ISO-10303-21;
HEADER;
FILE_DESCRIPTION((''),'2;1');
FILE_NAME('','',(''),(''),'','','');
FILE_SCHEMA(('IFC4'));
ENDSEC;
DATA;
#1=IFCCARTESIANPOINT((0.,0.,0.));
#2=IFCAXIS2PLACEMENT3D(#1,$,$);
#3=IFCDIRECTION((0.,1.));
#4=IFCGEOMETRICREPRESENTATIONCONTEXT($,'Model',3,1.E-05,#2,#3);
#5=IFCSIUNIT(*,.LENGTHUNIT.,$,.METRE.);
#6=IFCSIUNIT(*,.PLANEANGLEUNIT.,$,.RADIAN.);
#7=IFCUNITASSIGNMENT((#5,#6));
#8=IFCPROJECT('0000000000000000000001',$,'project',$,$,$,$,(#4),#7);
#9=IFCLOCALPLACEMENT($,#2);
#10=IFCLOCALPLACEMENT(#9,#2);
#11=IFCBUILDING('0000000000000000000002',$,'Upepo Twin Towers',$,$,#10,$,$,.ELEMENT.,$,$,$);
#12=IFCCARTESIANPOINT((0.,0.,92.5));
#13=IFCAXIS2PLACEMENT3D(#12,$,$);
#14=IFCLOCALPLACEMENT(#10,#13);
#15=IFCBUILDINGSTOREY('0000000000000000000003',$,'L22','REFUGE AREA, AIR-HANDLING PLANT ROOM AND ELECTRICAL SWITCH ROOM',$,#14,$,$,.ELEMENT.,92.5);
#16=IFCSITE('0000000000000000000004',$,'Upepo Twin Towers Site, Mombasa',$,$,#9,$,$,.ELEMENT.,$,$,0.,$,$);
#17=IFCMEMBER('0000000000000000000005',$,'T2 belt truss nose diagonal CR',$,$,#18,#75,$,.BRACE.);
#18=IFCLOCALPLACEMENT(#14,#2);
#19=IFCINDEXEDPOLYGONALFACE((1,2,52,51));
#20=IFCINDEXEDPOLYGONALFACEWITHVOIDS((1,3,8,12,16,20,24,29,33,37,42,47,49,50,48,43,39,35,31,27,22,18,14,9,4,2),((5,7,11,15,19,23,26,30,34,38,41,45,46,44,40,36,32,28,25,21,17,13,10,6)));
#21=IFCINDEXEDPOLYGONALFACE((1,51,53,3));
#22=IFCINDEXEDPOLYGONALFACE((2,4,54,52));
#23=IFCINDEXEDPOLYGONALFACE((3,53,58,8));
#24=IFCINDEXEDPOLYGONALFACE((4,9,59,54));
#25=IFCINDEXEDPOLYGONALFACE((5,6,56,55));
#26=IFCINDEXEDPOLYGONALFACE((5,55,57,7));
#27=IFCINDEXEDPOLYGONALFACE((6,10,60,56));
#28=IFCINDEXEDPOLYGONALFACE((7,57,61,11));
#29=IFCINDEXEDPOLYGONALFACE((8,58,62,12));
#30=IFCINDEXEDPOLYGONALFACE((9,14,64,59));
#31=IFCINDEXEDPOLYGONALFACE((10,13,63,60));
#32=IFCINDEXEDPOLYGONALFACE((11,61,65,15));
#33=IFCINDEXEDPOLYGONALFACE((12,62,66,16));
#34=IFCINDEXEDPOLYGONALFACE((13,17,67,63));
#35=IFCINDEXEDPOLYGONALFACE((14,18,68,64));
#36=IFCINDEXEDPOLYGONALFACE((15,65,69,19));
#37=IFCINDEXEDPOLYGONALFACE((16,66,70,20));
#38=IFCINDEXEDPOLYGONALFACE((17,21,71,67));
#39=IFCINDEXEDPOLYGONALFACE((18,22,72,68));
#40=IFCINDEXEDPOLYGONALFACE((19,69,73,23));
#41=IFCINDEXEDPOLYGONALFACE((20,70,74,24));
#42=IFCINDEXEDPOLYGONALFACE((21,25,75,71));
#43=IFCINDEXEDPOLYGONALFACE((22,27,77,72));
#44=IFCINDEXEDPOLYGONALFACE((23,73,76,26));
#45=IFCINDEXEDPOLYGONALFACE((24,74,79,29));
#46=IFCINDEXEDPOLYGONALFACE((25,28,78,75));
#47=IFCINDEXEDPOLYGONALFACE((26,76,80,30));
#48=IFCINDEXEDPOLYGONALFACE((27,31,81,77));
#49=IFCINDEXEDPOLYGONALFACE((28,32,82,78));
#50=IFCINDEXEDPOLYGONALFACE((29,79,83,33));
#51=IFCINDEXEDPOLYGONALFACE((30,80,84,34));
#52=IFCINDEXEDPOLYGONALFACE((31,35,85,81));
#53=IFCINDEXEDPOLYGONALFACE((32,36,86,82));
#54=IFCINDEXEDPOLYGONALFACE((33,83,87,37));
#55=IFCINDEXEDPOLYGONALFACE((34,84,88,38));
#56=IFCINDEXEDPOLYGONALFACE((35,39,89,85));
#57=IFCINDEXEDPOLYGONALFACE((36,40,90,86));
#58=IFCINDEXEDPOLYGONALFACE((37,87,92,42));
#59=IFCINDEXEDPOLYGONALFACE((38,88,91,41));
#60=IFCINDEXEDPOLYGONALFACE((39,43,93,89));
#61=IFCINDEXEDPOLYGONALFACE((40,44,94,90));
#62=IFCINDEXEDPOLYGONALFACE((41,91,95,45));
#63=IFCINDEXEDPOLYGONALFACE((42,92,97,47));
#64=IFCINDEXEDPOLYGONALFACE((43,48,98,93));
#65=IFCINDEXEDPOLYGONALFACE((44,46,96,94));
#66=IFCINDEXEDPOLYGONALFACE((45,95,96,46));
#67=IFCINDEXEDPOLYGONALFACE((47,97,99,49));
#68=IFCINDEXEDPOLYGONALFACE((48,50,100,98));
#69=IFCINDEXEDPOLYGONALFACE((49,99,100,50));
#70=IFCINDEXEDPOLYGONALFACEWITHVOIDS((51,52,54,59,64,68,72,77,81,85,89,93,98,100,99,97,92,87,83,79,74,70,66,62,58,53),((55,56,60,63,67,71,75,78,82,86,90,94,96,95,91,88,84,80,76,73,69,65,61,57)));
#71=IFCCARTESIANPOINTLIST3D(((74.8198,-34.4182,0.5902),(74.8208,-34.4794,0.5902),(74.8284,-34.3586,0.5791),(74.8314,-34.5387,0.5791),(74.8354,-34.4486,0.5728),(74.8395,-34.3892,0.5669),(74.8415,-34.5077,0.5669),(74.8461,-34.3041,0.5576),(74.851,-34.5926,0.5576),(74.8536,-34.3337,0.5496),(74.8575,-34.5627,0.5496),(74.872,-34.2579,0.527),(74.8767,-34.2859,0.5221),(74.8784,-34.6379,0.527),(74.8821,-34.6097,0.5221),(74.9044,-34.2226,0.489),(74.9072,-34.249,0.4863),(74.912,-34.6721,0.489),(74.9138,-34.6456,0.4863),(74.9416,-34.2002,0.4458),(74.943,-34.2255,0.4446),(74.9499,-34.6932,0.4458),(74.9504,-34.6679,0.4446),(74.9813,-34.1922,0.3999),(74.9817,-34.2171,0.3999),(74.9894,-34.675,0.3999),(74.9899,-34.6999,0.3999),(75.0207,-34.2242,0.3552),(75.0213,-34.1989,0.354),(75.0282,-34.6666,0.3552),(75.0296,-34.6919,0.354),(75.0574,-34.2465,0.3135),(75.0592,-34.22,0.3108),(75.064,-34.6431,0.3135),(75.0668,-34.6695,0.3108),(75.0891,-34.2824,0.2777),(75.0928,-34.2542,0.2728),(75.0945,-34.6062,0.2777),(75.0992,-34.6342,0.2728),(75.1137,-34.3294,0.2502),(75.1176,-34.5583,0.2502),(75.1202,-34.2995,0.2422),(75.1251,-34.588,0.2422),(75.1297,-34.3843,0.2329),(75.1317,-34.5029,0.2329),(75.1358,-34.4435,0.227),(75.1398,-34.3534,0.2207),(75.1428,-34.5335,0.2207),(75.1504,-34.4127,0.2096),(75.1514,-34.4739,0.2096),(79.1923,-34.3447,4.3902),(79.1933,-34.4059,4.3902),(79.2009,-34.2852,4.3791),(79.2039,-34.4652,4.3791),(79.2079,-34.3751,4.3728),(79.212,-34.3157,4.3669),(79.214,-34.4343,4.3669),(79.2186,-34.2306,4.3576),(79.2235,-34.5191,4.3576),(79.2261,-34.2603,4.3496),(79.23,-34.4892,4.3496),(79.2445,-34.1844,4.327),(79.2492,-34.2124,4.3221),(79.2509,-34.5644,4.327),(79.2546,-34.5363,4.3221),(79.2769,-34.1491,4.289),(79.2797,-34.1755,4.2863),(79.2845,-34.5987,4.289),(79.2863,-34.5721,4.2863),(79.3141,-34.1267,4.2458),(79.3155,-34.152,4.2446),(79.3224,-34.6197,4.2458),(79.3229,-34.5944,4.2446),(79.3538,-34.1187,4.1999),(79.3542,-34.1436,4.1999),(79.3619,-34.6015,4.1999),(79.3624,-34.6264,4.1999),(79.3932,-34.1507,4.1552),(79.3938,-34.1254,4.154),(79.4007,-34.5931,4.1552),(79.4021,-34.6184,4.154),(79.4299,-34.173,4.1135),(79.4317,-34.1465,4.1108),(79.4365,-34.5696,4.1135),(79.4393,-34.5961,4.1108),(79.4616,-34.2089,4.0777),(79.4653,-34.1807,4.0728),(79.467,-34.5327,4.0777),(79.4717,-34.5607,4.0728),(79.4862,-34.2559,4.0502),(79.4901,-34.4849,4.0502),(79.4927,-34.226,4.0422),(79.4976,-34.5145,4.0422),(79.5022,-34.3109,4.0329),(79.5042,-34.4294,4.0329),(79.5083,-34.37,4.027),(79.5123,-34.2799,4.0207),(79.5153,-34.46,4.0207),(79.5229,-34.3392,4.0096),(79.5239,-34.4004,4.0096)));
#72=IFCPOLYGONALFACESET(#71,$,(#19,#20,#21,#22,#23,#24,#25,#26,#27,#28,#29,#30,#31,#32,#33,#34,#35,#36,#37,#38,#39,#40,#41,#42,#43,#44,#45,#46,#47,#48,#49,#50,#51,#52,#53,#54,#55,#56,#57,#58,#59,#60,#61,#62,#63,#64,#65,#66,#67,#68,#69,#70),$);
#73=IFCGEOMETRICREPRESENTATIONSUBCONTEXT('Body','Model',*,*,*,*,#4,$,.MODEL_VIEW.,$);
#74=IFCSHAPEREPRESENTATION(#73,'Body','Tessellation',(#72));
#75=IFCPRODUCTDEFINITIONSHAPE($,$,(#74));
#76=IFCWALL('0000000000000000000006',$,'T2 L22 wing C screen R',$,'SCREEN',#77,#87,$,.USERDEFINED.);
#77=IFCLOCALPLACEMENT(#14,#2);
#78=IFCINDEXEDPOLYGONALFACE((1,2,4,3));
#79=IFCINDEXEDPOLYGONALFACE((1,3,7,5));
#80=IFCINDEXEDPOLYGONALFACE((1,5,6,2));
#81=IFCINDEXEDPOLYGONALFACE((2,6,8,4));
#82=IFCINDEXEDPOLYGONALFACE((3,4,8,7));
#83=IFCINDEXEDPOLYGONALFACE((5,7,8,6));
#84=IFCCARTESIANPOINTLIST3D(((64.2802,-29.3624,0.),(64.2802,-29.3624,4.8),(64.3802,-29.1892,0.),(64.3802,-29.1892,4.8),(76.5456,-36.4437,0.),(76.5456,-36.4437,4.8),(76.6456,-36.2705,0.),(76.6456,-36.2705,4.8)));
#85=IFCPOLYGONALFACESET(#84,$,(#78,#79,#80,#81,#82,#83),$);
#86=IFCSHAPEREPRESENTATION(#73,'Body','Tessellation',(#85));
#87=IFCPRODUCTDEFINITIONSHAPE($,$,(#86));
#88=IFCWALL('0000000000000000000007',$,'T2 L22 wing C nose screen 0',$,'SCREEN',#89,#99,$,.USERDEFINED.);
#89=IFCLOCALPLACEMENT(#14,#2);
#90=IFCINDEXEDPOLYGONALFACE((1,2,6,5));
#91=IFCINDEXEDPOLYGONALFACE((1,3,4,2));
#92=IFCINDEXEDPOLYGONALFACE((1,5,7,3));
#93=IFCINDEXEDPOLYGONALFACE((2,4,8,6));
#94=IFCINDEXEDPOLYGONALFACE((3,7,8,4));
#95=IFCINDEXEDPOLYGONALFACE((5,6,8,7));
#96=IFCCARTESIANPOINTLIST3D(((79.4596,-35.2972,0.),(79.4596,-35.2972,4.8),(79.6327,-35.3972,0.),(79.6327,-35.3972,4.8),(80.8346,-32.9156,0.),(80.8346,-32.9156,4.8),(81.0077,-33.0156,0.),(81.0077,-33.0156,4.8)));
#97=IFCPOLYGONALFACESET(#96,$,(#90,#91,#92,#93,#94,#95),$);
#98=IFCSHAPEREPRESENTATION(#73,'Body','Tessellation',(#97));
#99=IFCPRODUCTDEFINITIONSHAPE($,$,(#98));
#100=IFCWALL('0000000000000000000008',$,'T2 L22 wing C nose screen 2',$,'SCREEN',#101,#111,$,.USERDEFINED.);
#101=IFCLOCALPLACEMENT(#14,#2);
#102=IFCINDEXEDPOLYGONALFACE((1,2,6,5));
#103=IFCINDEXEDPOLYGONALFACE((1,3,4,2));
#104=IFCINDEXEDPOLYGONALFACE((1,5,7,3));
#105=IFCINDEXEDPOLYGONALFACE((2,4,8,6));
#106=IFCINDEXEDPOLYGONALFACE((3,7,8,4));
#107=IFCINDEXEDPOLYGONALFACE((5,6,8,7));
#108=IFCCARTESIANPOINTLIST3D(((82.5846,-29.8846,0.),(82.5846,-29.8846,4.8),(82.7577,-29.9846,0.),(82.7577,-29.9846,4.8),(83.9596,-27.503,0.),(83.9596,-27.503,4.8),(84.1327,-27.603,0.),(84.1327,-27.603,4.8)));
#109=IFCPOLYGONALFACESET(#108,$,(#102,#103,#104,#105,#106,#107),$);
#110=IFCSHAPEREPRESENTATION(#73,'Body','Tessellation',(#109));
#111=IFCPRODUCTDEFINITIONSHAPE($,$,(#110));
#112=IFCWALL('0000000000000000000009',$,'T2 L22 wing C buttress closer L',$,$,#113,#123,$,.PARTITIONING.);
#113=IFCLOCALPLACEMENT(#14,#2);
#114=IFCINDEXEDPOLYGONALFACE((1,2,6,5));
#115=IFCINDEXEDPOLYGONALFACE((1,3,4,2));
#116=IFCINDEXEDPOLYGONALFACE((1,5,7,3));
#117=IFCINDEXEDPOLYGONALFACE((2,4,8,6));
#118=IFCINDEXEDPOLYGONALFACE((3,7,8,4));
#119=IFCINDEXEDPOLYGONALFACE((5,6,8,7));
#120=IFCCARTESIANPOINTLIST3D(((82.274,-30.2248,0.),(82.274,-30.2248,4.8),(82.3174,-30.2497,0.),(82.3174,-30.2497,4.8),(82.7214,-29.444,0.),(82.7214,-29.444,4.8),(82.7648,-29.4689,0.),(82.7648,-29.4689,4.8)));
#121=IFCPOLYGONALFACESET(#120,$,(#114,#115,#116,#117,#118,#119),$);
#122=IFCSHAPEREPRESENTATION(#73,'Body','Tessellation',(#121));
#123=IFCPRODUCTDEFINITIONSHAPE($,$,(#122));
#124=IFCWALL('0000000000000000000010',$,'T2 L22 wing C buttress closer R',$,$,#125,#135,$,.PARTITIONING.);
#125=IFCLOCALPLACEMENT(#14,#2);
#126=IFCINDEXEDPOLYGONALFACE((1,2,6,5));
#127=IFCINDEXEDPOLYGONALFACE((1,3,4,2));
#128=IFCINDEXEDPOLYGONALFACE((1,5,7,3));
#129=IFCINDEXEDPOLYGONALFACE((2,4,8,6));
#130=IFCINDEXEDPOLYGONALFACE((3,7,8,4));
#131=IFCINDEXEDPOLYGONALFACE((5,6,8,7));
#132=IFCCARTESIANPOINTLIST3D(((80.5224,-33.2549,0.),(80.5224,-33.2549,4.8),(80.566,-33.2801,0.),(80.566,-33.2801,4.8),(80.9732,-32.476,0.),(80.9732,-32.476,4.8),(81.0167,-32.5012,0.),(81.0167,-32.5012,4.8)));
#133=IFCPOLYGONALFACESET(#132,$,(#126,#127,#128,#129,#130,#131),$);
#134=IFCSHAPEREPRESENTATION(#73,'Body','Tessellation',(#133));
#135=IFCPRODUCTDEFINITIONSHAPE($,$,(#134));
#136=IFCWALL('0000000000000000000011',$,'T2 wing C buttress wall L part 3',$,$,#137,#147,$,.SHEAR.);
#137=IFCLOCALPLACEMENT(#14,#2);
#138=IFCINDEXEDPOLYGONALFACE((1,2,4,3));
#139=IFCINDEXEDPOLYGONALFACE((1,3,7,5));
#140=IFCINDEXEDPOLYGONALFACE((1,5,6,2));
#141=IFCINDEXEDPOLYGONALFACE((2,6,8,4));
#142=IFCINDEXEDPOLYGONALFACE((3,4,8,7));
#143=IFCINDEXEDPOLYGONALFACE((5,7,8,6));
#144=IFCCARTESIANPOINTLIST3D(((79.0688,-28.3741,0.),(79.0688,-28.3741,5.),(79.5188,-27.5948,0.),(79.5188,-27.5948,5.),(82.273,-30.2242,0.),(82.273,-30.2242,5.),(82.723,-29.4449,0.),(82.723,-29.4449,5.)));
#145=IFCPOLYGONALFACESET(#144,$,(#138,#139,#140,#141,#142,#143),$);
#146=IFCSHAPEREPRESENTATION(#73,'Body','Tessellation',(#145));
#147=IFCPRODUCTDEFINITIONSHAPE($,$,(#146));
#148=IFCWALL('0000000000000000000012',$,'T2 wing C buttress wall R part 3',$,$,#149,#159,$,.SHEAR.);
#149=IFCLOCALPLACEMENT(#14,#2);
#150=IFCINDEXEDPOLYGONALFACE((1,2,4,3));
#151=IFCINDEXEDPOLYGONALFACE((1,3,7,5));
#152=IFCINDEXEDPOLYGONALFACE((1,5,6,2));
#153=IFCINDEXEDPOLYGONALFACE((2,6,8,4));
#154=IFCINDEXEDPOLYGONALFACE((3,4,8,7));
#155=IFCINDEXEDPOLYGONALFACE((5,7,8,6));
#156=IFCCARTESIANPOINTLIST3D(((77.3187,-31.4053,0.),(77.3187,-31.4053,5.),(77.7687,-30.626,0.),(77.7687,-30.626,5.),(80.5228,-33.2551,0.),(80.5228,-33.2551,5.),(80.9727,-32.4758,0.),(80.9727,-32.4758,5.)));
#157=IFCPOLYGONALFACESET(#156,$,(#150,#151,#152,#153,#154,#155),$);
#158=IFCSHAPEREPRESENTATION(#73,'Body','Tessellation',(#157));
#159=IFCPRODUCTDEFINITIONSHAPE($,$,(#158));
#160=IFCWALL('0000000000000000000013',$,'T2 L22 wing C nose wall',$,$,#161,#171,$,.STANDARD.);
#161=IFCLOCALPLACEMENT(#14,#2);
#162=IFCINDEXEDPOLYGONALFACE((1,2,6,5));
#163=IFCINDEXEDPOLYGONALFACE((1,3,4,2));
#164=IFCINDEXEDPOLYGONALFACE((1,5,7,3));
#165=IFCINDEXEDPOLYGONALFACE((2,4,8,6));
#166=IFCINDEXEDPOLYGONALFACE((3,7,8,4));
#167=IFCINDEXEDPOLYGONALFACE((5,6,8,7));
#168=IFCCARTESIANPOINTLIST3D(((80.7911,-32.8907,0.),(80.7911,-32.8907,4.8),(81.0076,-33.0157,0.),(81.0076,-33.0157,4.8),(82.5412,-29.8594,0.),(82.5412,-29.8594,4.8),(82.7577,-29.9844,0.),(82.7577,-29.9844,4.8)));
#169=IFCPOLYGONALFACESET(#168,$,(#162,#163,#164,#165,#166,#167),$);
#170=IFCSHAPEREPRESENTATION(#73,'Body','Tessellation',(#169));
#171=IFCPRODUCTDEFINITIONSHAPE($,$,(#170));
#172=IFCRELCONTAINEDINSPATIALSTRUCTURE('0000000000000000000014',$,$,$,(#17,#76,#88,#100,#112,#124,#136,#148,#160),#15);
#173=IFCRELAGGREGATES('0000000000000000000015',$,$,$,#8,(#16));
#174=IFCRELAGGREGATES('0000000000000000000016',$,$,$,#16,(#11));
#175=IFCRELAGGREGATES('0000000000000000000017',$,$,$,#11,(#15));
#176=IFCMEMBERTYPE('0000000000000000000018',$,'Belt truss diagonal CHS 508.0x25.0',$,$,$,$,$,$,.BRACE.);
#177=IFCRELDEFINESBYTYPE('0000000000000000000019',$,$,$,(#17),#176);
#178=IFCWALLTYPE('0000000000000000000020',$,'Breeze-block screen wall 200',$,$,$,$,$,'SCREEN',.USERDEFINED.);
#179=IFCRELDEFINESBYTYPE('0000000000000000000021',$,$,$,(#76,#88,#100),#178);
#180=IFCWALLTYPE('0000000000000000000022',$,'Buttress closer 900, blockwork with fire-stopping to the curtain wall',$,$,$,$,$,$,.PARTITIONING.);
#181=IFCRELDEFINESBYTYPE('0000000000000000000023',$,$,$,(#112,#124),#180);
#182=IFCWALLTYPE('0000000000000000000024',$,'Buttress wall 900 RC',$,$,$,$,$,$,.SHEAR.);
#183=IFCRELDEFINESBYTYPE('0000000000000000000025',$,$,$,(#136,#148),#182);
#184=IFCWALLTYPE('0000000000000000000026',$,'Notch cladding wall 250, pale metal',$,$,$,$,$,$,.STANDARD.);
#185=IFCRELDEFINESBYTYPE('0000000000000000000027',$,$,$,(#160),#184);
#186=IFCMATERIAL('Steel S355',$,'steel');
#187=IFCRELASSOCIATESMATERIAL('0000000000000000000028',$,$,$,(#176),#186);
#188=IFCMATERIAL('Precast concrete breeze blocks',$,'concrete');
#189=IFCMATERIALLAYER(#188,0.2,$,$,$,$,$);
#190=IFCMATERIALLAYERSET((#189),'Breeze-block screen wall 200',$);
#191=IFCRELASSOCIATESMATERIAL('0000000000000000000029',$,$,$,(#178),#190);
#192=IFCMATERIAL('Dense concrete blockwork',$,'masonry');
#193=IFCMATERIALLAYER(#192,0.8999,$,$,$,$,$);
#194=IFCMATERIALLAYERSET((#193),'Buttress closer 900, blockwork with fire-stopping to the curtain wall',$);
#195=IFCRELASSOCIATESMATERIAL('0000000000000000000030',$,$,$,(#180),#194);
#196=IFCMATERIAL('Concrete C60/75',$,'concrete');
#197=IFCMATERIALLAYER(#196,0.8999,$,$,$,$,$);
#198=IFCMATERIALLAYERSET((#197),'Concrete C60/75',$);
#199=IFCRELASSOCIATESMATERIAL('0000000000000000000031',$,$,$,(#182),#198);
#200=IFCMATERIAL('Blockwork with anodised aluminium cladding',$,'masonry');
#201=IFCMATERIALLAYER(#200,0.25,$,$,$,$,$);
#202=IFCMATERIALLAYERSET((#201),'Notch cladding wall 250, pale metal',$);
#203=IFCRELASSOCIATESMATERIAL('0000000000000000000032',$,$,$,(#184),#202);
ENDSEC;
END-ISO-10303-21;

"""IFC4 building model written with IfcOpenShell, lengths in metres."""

from ifc_helpers import new_model, si_unit, direction, frame, frame_2d, origin, origin_2d, place, context, subcontext, project, spatial, rectangle, hollow_circle, extrude, material, layer, layer_set, material_profile, profile_set, type_object, element, save


model = new_model("IFC4")

# Units and contexts
model_context = context("Model", 3, precision=1e-05, world=origin(), true_north=direction((0.0, 1.0)))
body_context = subcontext(model_context, "Body", "Model", "MODEL_VIEW")
ifc_project = project(units=[si_unit("LENGTHUNIT", "METRE"), si_unit("PLANEANGLEUNIT", "RADIAN")], contexts=[model_context])

# Site, building, storey
site_placement = place(None, origin())
site = spatial("IfcSite", under=ifc_project, at=site_placement, Name="Upepo Twin Towers Site, Mombasa", CompositionType="ELEMENT", RefElevation=0.0)
building_placement = place(site_placement, origin())
building = spatial("IfcBuilding", under=site, at=building_placement, Name="Upepo Twin Towers", CompositionType="ELEMENT")
storey_placement = place(building_placement, frame((0.0, 0.0, 92.5)))
storey = spatial("IfcBuildingStorey", under=building, at=storey_placement, Name="L22", Description="REFUGE AREA, AIR-HANDLING PLANT ROOM AND ELECTRICAL SWITCH ROOM", CompositionType="ELEMENT", Elevation=92.5)

# Member
ifc_material_1 = material(Name="Steel S355", Category="steel")
ifc_material_profile_1 = material_profile(ifc_material_1, hollow_circle(Radius=0.2539, WallThickness=0.0249, at=origin_2d()), Name="CHS 508.0x25.0")
ifc_profile_set_1 = profile_set([ifc_material_profile_1], Name="Steel S355")
member_type = type_object("IfcMemberType", Name="Belt truss diagonal CHS 508.0x25.0", PredefinedType="BRACE", material=ifc_profile_set_1)
member_1_placement = place(storey_placement, frame((74.9856, -34.446, 0.3999), z_axis=(0.754731, 0.012684, 0.655912), x_axis=(-0.016804, 0.999859, 0.0)))
element("IfcMember", 1, at=member_1_placement, inside=storey, type_object=member_type, Name="T2 belt truss nose diagonal CR", PredefinedType="BRACE", context=body_context, shape_type="SweptSolid", body=[
    extrude(hollow_circle(Radius=0.2539, WallThickness=0.0249, at=origin_2d()), origin(), (0.0, 0.0, 1.0), 5.7935),
])

# Walls
ifc_material_2 = material(Name="Precast concrete breeze blocks", Category="concrete")
ifc_layer_1 = layer(ifc_material_2, 0.2)
ifc_layer_set_1 = layer_set([ifc_layer_1], Name="Breeze-block screen wall 200")
wall_type_1 = type_object("IfcWallType", Name="Breeze-block screen wall 200", ElementType="SCREEN", PredefinedType="USERDEFINED", material=ifc_layer_set_1)
wall_1_placement = place(storey_placement, frame((76.5957, -36.3572, 0.0), z_axis=(0.0, 0.0, 1.0), x_axis=(-0.866029, 0.499994, 0.0)))
element("IfcWall", 2, at=wall_1_placement, inside=storey, type_object=wall_type_1, Name="T2 L22 wing C screen R", ObjectType="SCREEN", PredefinedType="USERDEFINED", context=body_context, shape_type="SweptSolid", body=[
    extrude(rectangle(XDim=14.1628, YDim=0.2, at=frame_2d((7.0815, 0.0))), origin(), (0.0, 0.0, 1.0), 4.8),
])
for number, where, z_axis, x_axis, name in (
    (3, (79.5461, -35.3472, 0.0), (0.0, 0.0, 1.0), (0.499997, 0.866027, 0.0), "T2 L22 wing C nose screen 0"),
    (4, (82.6711, -29.9346, 0.0), (0.0, 0.0, 1.0), (0.499997, 0.866027, 0.0), "T2 L22 wing C nose screen 2"),
):
    element("IfcWall", number, at=place(storey_placement, frame(where, z_axis=z_axis, x_axis=x_axis)), inside=storey, type_object=wall_type_1, Name=name, ObjectType="SCREEN", PredefinedType="USERDEFINED", context=body_context, shape_type="SweptSolid", body=[
        extrude(rectangle(XDim=2.75, YDim=0.2, at=frame_2d((1.375, 0.0))), origin(), (0.0, 0.0, 1.0), 4.8),
    ])
ifc_material_3 = material(Name="Dense concrete blockwork", Category="masonry")
ifc_layer_2 = layer(ifc_material_3, 0.8999)
ifc_layer_set_2 = layer_set([ifc_layer_2], Name="Buttress closer 900, blockwork with fire-stopping to the curtain wall")
wall_type_2 = type_object("IfcWallType", Name="Buttress closer 900, blockwork with fire-stopping to the curtain wall", PredefinedType="PARTITIONING", material=ifc_layer_set_2)
wall_2_placement = place(storey_placement, frame((82.4978, -29.8345, 0.0), z_axis=(0.0, 0.0, 1.0), x_axis=(0.867643, -0.497188, 0.0)))
element("IfcWall", 5, at=wall_2_placement, inside=storey, type_object=wall_type_2, Name="T2 L22 wing C buttress closer L", PredefinedType="PARTITIONING", context=body_context, shape_type="SweptSolid", body=[
    extrude(rectangle(XDim=0.05, YDim=0.8999, at=frame_2d((0.0249, 0.0))), origin(), (0.0, 0.0, 1.0), 4.8),
])
wall_3_placement = place(storey_placement, frame((80.7478, -32.8655, 0.0), z_axis=(0.0, 0.0, 1.0), x_axis=(0.865537, -0.500845, 0.0)))
element("IfcWall", 6, at=wall_3_placement, inside=storey, type_object=wall_type_2, Name="T2 L22 wing C buttress closer R", PredefinedType="PARTITIONING", context=body_context, shape_type="SweptSolid", body=[
    extrude(rectangle(XDim=0.0503, YDim=0.8999, at=frame_2d((0.0251, 0.0))), origin(), (0.0, 0.0, 1.0), 4.8),
])
ifc_material_4 = material(Name="Concrete C60/75", Category="concrete")
ifc_layer_3 = layer(ifc_material_4, 0.8999)
ifc_layer_set_3 = layer_set([ifc_layer_3], Name="Concrete C60/75")
wall_type_3 = type_object("IfcWallType", Name="Buttress wall 900 RC", PredefinedType="SHEAR", material=ifc_layer_set_3)
wall_4_placement = place(storey_placement, frame((79.2937, -27.9844, 0.0), z_axis=(0.0, 0.0, 1.0), x_axis=(0.866001, -0.500042, 0.0)))
element("IfcWall", 7, at=wall_4_placement, inside=storey, type_object=wall_type_3, Name="T2 wing C buttress wall L part 3", PredefinedType="SHEAR", context=body_context, shape_type="SweptSolid", body=[
    extrude(rectangle(XDim=3.7, YDim=0.8999, at=frame_2d((1.8501, 0.0))), origin(), (0.0, 0.0, 1.0), 5.0),
])
wall_5_placement = place(storey_placement, frame((77.5437, -31.0156, 0.0), z_axis=(0.0, 0.0, 1.0), x_axis=(0.86603, -0.499993, 0.0)))
element("IfcWall", 8, at=wall_5_placement, inside=storey, type_object=wall_type_3, Name="T2 wing C buttress wall R part 3", PredefinedType="SHEAR", context=body_context, shape_type="SweptSolid", body=[
    extrude(rectangle(XDim=3.6997, YDim=0.8999, at=frame_2d((1.8499, 0.0))), origin(), (0.0, 0.0, 1.0), 5.0),
])
ifc_material_5 = material(Name="Blockwork with anodised aluminium cladding", Category="masonry")
ifc_layer_4 = layer(ifc_material_5, 0.25)
ifc_layer_set_4 = layer_set([ifc_layer_4], Name="Notch cladding wall 250, pale metal")
wall_type_4 = type_object("IfcWallType", Name="Notch cladding wall 250, pale metal", PredefinedType="STANDARD", material=ifc_layer_set_4)
wall_6_placement = place(storey_placement, frame((80.8994, -32.9531, 0.0), z_axis=(0.0, 0.0, 1.0), x_axis=(0.49998, 0.866037, 0.0)))
element("IfcWall", 9, at=wall_6_placement, inside=storey, type_object=wall_type_4, Name="T2 L22 wing C nose wall", PredefinedType="STANDARD", context=body_context, shape_type="SweptSolid", body=[
    extrude(rectangle(XDim=3.5002, YDim=0.25, at=frame_2d((1.75, 0.0))), origin(), (0.0, 0.0, 1.0), 4.8),
])

save(model, "model.ifc")
